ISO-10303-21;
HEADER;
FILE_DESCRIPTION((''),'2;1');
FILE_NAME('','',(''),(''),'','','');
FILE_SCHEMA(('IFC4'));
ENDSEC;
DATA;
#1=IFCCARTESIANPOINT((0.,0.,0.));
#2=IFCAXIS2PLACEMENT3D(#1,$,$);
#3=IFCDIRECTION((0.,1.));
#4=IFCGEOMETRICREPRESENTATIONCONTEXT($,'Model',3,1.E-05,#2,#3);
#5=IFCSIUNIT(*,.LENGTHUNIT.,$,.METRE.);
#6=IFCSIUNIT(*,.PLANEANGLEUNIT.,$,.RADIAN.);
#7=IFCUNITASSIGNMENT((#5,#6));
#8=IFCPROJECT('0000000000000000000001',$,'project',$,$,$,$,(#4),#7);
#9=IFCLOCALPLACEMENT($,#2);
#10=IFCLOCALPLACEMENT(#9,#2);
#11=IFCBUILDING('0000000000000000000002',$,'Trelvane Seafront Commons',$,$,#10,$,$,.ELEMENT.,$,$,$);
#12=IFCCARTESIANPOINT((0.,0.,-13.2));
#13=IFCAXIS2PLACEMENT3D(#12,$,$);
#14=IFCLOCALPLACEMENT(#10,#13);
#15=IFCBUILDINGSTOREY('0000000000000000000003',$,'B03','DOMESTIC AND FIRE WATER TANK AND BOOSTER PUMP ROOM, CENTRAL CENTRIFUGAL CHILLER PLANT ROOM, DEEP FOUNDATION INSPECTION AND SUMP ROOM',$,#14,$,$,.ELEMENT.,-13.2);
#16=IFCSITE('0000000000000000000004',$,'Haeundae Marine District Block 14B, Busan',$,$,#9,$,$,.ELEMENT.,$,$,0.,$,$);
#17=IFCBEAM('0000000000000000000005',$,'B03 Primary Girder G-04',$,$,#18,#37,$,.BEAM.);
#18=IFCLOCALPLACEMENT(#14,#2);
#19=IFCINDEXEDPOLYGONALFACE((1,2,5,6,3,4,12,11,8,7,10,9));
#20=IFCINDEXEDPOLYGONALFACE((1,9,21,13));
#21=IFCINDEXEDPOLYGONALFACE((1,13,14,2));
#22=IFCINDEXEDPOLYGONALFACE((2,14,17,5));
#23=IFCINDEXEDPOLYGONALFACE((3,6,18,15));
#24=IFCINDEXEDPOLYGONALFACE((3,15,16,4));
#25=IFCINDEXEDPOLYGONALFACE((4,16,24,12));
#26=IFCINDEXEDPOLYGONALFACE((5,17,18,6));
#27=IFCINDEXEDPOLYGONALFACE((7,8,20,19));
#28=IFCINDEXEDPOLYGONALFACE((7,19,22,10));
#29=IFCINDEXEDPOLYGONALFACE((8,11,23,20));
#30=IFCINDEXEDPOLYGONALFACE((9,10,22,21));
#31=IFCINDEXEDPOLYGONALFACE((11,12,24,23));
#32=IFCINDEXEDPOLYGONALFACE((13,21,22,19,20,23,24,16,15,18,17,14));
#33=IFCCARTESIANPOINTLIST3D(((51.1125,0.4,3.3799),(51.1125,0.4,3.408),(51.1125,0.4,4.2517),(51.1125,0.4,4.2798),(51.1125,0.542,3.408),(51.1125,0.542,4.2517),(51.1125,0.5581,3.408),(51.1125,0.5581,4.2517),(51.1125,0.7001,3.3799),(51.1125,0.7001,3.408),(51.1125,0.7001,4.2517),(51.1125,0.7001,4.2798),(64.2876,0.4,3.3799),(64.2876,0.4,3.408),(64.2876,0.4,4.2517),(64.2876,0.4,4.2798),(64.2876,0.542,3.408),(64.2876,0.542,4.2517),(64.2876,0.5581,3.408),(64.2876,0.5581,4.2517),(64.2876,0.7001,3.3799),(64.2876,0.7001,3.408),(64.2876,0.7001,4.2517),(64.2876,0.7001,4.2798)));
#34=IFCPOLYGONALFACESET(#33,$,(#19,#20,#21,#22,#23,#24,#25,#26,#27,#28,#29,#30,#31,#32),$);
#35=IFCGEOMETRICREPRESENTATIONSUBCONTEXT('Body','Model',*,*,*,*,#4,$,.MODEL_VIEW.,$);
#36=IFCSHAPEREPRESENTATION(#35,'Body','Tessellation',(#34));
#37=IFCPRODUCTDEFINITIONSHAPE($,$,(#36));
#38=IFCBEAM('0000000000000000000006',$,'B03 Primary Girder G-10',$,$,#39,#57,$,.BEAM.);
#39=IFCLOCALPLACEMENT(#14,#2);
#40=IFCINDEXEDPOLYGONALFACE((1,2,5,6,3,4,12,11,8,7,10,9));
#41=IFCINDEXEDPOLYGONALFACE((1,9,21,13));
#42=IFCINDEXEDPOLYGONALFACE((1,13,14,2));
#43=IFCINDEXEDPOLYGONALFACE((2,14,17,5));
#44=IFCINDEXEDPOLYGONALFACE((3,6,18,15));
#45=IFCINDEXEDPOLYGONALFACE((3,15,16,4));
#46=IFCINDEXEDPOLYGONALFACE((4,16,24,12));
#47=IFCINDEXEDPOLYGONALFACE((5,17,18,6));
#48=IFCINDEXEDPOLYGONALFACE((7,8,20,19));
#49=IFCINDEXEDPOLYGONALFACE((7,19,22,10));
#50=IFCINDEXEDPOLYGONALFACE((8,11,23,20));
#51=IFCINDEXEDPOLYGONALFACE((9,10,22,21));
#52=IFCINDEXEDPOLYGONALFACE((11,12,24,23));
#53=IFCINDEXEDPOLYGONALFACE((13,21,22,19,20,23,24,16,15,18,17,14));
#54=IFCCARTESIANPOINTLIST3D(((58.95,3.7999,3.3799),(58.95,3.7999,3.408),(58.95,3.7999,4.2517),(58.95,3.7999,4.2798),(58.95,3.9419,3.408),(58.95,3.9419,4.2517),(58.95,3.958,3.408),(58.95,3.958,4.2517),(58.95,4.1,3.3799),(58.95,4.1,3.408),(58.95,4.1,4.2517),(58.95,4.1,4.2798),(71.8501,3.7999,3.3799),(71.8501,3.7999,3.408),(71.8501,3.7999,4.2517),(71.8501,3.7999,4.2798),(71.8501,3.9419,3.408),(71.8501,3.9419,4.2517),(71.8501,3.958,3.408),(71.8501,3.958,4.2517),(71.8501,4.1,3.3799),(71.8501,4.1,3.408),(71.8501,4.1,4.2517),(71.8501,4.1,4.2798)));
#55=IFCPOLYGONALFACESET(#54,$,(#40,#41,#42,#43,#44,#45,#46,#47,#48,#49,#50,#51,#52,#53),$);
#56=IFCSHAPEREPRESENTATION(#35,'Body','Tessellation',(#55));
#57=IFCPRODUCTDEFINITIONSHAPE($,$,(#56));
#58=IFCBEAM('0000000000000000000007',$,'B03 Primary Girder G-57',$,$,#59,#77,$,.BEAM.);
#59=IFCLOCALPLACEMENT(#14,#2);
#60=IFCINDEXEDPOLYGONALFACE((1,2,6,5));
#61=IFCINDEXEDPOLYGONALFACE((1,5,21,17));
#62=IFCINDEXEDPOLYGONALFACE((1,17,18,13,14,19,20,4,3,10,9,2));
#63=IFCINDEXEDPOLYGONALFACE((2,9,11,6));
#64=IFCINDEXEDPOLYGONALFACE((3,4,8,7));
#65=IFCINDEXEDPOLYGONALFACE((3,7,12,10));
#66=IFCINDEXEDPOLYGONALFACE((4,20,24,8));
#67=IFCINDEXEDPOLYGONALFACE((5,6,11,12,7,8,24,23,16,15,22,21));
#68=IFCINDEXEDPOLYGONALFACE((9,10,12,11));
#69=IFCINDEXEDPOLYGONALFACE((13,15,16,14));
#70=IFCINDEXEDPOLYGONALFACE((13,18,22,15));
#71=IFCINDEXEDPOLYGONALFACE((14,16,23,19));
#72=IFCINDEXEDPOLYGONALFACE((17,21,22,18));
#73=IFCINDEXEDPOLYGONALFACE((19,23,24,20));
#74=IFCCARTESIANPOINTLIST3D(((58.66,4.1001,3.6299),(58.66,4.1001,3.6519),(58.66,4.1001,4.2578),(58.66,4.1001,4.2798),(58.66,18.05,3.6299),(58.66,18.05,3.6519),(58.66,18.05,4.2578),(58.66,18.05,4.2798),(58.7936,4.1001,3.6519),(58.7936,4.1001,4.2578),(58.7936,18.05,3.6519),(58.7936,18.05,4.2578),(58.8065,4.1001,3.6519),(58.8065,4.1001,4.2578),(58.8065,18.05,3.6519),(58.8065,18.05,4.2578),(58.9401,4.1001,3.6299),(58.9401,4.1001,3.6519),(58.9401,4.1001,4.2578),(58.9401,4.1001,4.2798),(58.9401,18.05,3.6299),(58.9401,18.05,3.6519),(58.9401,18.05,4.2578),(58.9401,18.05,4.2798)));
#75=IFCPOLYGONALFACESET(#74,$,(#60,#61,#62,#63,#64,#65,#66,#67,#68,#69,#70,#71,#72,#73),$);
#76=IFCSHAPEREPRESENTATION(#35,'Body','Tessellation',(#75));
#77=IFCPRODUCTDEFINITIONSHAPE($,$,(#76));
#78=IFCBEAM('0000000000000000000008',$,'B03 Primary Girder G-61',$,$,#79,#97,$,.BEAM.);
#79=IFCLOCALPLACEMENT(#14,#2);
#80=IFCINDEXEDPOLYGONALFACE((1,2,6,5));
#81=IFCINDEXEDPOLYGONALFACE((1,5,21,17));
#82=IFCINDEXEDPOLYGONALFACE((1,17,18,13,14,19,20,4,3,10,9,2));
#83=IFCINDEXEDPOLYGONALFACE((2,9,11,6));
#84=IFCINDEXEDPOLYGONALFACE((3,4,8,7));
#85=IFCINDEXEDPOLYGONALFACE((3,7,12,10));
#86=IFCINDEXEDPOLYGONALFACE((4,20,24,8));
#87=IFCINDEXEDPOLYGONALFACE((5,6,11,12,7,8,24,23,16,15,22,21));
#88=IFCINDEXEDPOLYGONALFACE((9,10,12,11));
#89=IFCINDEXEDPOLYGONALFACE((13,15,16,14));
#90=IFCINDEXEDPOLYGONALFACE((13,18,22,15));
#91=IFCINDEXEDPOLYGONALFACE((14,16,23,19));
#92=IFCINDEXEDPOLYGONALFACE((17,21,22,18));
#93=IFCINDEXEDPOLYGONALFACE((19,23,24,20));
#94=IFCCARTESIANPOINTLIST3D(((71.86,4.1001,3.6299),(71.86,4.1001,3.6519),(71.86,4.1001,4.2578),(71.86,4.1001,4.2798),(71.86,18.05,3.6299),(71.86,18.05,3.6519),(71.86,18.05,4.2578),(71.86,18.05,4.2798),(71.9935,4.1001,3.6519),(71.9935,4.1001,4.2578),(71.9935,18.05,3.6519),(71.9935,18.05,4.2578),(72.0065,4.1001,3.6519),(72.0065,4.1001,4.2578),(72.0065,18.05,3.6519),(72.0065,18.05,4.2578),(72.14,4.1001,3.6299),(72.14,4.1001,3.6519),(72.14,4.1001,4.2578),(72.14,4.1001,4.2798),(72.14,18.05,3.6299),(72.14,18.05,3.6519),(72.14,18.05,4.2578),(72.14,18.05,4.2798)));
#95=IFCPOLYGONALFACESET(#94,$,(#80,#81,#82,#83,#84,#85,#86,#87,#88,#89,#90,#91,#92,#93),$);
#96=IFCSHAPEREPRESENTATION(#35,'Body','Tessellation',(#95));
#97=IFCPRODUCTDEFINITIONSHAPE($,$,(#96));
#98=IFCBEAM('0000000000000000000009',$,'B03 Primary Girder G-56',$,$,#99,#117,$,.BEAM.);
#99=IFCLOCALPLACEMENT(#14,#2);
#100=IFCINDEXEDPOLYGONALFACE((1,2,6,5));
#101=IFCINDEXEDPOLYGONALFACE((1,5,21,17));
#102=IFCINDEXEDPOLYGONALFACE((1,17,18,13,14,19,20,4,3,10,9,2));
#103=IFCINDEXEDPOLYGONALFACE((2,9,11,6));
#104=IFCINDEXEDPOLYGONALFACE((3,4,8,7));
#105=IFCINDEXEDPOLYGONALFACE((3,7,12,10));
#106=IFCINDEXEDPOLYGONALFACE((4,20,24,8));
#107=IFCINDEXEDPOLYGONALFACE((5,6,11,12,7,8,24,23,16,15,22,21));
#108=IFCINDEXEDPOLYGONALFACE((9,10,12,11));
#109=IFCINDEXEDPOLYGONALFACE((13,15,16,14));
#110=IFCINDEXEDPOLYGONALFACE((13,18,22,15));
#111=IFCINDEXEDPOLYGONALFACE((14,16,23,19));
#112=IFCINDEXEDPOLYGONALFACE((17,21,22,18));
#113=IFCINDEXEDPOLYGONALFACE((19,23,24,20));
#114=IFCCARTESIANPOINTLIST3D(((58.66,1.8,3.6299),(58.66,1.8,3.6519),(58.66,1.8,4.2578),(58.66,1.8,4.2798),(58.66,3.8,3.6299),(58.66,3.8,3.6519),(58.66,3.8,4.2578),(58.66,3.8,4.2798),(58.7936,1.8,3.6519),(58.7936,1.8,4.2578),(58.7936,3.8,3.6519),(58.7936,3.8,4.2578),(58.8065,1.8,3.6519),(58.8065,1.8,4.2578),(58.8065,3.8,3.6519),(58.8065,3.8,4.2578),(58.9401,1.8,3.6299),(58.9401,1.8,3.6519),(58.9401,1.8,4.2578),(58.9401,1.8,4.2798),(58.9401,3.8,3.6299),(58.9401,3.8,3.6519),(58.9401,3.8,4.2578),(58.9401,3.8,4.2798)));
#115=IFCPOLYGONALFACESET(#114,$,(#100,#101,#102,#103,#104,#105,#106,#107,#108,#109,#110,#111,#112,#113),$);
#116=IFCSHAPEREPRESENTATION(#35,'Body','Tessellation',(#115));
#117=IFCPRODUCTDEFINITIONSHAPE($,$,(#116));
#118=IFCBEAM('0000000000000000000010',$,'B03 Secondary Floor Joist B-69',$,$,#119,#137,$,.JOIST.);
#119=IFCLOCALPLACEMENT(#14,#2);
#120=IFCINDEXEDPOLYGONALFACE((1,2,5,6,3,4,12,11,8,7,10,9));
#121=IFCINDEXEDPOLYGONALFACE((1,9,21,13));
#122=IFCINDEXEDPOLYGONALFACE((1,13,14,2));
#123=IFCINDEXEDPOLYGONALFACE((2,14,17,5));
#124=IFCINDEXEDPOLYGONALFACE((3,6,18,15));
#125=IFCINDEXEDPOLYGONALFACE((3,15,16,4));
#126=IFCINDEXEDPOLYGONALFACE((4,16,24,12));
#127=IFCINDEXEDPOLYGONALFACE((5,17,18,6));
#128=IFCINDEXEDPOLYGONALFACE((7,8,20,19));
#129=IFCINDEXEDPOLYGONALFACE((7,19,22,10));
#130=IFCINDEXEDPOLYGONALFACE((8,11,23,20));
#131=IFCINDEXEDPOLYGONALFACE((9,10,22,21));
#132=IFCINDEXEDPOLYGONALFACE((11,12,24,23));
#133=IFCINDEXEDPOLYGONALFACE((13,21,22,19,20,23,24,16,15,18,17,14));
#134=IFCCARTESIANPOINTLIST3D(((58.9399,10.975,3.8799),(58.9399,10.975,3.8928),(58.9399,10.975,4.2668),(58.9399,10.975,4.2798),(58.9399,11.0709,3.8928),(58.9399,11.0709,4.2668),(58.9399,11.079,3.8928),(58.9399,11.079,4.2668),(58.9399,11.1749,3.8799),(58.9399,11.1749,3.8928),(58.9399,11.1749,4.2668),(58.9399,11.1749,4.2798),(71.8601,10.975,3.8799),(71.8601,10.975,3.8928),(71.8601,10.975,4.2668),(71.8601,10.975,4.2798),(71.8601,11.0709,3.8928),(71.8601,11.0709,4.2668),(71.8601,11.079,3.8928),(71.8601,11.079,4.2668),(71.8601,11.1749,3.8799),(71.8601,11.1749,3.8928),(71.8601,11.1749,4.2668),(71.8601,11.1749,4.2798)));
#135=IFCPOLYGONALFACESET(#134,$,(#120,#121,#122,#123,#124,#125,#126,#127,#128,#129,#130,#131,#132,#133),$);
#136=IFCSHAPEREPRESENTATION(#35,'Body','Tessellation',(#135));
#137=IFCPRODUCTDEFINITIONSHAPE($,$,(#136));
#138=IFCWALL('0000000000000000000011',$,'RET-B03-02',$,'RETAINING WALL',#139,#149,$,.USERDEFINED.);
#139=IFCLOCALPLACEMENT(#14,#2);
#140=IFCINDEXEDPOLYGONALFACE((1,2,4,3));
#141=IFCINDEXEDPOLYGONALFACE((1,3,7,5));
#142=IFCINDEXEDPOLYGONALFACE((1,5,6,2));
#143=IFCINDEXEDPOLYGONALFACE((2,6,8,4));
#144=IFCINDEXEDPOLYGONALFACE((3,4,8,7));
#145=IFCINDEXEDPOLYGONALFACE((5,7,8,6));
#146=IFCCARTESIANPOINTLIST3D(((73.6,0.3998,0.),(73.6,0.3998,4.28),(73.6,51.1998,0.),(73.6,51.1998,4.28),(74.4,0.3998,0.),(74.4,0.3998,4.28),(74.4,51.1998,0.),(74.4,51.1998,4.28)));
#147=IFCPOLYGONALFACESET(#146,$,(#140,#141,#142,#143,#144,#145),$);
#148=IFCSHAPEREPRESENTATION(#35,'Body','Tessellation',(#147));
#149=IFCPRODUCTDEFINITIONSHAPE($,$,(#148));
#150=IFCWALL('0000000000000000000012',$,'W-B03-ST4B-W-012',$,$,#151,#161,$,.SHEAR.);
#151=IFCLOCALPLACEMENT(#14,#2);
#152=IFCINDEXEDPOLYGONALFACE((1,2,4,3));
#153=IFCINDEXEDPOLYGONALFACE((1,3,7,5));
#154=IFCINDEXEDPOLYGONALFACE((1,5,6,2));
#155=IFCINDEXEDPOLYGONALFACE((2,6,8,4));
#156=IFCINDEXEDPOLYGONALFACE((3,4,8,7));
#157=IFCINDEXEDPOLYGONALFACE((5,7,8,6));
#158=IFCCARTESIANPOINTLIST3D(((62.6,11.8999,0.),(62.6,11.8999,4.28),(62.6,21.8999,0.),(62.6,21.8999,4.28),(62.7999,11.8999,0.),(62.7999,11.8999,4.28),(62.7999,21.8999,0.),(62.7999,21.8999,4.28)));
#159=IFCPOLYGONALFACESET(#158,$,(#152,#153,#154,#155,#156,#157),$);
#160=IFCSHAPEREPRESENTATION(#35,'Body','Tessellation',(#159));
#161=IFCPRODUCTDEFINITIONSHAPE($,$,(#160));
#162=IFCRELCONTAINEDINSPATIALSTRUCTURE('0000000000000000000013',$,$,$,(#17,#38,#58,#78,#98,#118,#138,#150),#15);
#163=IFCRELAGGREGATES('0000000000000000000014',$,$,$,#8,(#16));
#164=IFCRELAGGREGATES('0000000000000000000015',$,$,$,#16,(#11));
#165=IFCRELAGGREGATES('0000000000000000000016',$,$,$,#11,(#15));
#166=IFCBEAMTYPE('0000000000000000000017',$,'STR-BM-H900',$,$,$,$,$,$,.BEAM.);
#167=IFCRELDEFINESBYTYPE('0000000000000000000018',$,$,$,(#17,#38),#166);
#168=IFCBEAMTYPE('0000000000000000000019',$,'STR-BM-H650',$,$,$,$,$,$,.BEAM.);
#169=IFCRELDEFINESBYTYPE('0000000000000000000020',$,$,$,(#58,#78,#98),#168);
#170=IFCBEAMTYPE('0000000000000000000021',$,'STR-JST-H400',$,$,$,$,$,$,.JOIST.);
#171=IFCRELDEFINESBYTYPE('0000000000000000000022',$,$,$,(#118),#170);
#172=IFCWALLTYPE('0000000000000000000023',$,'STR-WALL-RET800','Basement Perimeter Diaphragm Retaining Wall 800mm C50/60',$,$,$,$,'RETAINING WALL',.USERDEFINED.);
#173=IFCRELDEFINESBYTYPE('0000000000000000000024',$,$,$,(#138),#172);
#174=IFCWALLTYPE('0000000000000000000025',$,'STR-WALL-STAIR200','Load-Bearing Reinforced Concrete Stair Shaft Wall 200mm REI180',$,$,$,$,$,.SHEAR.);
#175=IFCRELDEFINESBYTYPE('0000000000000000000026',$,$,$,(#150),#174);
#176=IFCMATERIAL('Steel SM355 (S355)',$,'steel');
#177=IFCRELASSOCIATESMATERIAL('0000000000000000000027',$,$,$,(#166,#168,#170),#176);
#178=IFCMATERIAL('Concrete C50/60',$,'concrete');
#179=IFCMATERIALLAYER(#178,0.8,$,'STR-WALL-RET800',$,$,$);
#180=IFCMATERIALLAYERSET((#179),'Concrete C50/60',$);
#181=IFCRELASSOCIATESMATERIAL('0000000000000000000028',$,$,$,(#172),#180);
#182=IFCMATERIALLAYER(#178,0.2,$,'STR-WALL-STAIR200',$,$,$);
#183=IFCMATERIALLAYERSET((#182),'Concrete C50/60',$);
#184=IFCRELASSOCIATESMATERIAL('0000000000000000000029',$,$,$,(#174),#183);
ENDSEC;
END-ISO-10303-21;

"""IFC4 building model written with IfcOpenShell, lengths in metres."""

from ifc_helpers import new_model, si_unit, direction, frame, frame_2d, origin, origin_2d, place, context, subcontext, project, spatial, rectangle, i_section, extrude, source, transform, mapped, material, layer, layer_set, material_profile, profile_set, type_object, element, save


model = new_model("IFC4")

# Units and contexts
model_context = context("Model", 3, precision=1e-05, world=origin(), true_north=direction((0.0, 1.0)))
body_context = subcontext(model_context, "Body", "Model", "MODEL_VIEW")
ifc_project = project(units=[si_unit("LENGTHUNIT", "METRE"), si_unit("PLANEANGLEUNIT", "RADIAN")], contexts=[model_context])

# Site, building, storey
site_placement = place(None, origin())
site = spatial("IfcSite", under=ifc_project, at=site_placement, Name="Haeundae Marine District Block 14B, Busan", CompositionType="ELEMENT", RefElevation=0.0)
building_placement = place(site_placement, origin())
building = spatial("IfcBuilding", under=site, at=building_placement, Name="Trelvane Seafront Commons", CompositionType="ELEMENT")
storey_placement = place(building_placement, frame((0.0, 0.0, -13.2)))
storey = spatial("IfcBuildingStorey", under=building, at=storey_placement, Name="B03", Description="DOMESTIC AND FIRE WATER TANK AND BOOSTER PUMP ROOM, CENTRAL CENTRIFUGAL CHILLER PLANT ROOM, DEEP FOUNDATION INSPECTION AND SUMP ROOM", CompositionType="ELEMENT", Elevation=-13.2)

# Shared definitions
ifc_material_1 = material(Name="Concrete C50/60", Category="concrete")

# Beams
ifc_material_2 = material(Name="Steel SM355 (S355)", Category="steel")
ifc_material_profile_1 = material_profile(ifc_material_2, i_section(OverallWidth=0.3, OverallDepth=0.8999, WebThickness=0.0161, FlangeThickness=0.0281, at=origin_2d()), Name="H-900x300x16x28")
ifc_profile_set_1 = profile_set([ifc_material_profile_1], Name="Steel SM355 (S355)")
beam_type_1 = type_object("IfcBeamType", Name="STR-BM-H900", PredefinedType="BEAM", material=ifc_profile_set_1)
shared_shape_1 = source(origin(), body_context, "Body", "SweptSolid", [
    extrude(i_section(OverallWidth=0.3, OverallDepth=0.8999, WebThickness=0.0161, FlangeThickness=0.0281, at=origin_2d()), origin(), (0.0, 0.0, 1.0), 13.175),
])
beam_1_placement = place(storey_placement, frame((51.1125, 0.55, 3.8298), z_axis=(1.0, 0.0, 0.0), x_axis=(0.0, 1.0, 0.0)))
element("IfcBeam", 1, at=beam_1_placement, inside=storey, type_object=beam_type_1, Name="B03 Primary Girder G-04", PredefinedType="BEAM", context=body_context, shape_type="MappedRepresentation", body=[
    mapped(shared_shape_1, transform((0.0, 0.0, 0.0), x_axis=(1.0, 0.0, 0.0), y_axis=(0.0, 1.0, 0.0), z_axis=(0.0, 0.0, 1.0), scale=1.0)),
])
shared_shape_2 = source(origin(), body_context, "Body", "SweptSolid", [
    extrude(i_section(OverallWidth=0.3, OverallDepth=0.8999, WebThickness=0.0161, FlangeThickness=0.0281, at=origin_2d()), origin(), (0.0, 0.0, 1.0), 12.9001),
])
beam_2_placement = place(storey_placement, frame((58.95, 3.95, 3.8298), z_axis=(1.0, 0.0, 0.0), x_axis=(0.0, 1.0, 0.0)))
element("IfcBeam", 2, at=beam_2_placement, inside=storey, type_object=beam_type_1, Name="B03 Primary Girder G-10", PredefinedType="BEAM", context=body_context, shape_type="MappedRepresentation", body=[
    mapped(shared_shape_2, transform((0.0, 0.0, 0.0), x_axis=(1.0, 0.0, 0.0), y_axis=(0.0, 1.0, 0.0), z_axis=(0.0, 0.0, 1.0), scale=1.0)),
])
ifc_material_profile_2 = material_profile(ifc_material_2, i_section(OverallWidth=0.28, OverallDepth=0.6499, WebThickness=0.0129, FlangeThickness=0.022, at=origin_2d()), Name="H-650x280x13x22")
ifc_profile_set_2 = profile_set([ifc_material_profile_2], Name="Steel SM355 (S355)")
beam_type_2 = type_object("IfcBeamType", Name="STR-BM-H650", PredefinedType="BEAM", material=ifc_profile_set_2)
shared_shape_3 = source(origin(), body_context, "Body", "SweptSolid", [
    extrude(i_section(OverallWidth=0.28, OverallDepth=0.6499, WebThickness=0.0129, FlangeThickness=0.022, at=origin_2d()), origin(), (0.0, 0.0, 1.0), 13.95),
])
for number, where, z_axis, x_axis, name in (
    (3, (58.8, 4.1001, 3.9548), (0.0, 1.0, 0.0), (-1.0, 0.0, 0.0), "B03 Primary Girder G-57"),
    (4, (72.0, 4.1001, 3.9548), (0.0, 1.0, 0.0), (-1.0, 0.0, 0.0), "B03 Primary Girder G-61"),
):
    element("IfcBeam", number, at=place(storey_placement, frame(where, z_axis=z_axis, x_axis=x_axis)), inside=storey, type_object=beam_type_2, Name=name, PredefinedType="BEAM", context=body_context, shape_type="MappedRepresentation", body=[
        mapped(shared_shape_3, transform((0.0, 0.0, 0.0), x_axis=(1.0, 0.0, 0.0), y_axis=(0.0, 1.0, 0.0), z_axis=(0.0, 0.0, 1.0), scale=1.0)),
    ])
shared_shape_4 = source(origin(), body_context, "Body", "SweptSolid", [
    extrude(i_section(OverallWidth=0.28, OverallDepth=0.6499, WebThickness=0.0129, FlangeThickness=0.022, at=origin_2d()), origin(), (0.0, 0.0, 1.0), 2.0),
])
beam_3_placement = place(storey_placement, frame((58.8, 1.8, 3.9548), z_axis=(0.0, 1.0, 0.0), x_axis=(-1.0, 0.0, 0.0)))
element("IfcBeam", 5, at=beam_3_placement, inside=storey, type_object=beam_type_2, Name="B03 Primary Girder G-56", PredefinedType="BEAM", context=body_context, shape_type="MappedRepresentation", body=[
    mapped(shared_shape_4, transform((0.0, 0.0, 0.0), x_axis=(1.0, 0.0, 0.0), y_axis=(0.0, 1.0, 0.0), z_axis=(0.0, 0.0, 1.0), scale=1.0)),
])
ifc_material_profile_3 = material_profile(ifc_material_2, i_section(OverallWidth=0.2, OverallDepth=0.3999, WebThickness=0.0081, FlangeThickness=0.0129, at=origin_2d()), Name="H-400x200x8x13")
ifc_profile_set_3 = profile_set([ifc_material_profile_3], Name="Steel SM355 (S355)")
beam_type_3 = type_object("IfcBeamType", Name="STR-JST-H400", PredefinedType="JOIST", material=ifc_profile_set_3)
shared_shape_5 = source(origin(), body_context, "Body", "SweptSolid", [
    extrude(i_section(OverallWidth=0.2, OverallDepth=0.3999, WebThickness=0.0081, FlangeThickness=0.0129, at=origin_2d()), origin(), (0.0, 0.0, 1.0), 12.9202),
])
beam_4_placement = place(storey_placement, frame((58.9399, 11.075, 4.0798), z_axis=(1.0, 0.0, 0.0), x_axis=(0.0, 1.0, 0.0)))
element("IfcBeam", 6, at=beam_4_placement, inside=storey, type_object=beam_type_3, Name="B03 Secondary Floor Joist B-69", PredefinedType="JOIST", context=body_context, shape_type="MappedRepresentation", body=[
    mapped(shared_shape_5, transform((0.0, 0.0, 0.0), x_axis=(1.0, 0.0, 0.0), y_axis=(0.0, 1.0, 0.0), z_axis=(0.0, 0.0, 1.0), scale=1.0)),
])

# Walls
ifc_layer_1 = layer(ifc_material_1, 0.8, Name="STR-WALL-RET800")
ifc_layer_set_1 = layer_set([ifc_layer_1], Name="Concrete C50/60")
wall_type_1 = type_object("IfcWallType", Name="STR-WALL-RET800", Description="Basement Perimeter Diaphragm Retaining Wall 800mm C50/60", ElementType="RETAINING WALL", PredefinedType="USERDEFINED", material=ifc_layer_set_1)
wall_1_placement = place(storey_placement, frame((74.0, 0.3999, 0.0), z_axis=(0.0, 0.0, 1.0), x_axis=(0.0, 1.0, 0.0)))
element("IfcWall", 7, at=wall_1_placement, inside=storey, type_object=wall_type_1, Name="RET-B03-02", ObjectType="RETAINING WALL", PredefinedType="USERDEFINED", context=body_context, shape_type="SweptSolid", body=[
    extrude(rectangle(XDim=50.8, YDim=0.8, at=frame_2d((25.3999, 0.0))), origin(), (0.0, 0.0, 1.0), 4.28),
])
ifc_layer_2 = layer(ifc_material_1, 0.2, Name="STR-WALL-STAIR200")
ifc_layer_set_2 = layer_set([ifc_layer_2], Name="Concrete C50/60")
wall_type_2 = type_object("IfcWallType", Name="STR-WALL-STAIR200", Description="Load-Bearing Reinforced Concrete Stair Shaft Wall 200mm REI180", PredefinedType="SHEAR", material=ifc_layer_set_2)
wall_2_placement = place(storey_placement, frame((62.7, 11.8999, 0.0), z_axis=(0.0, 0.0, 1.0), x_axis=(0.0, 1.0, 0.0)))
element("IfcWall", 8, at=wall_2_placement, inside=storey, type_object=wall_type_2, Name="W-B03-ST4B-W-012", PredefinedType="SHEAR", context=body_context, shape_type="SweptSolid", body=[
    extrude(rectangle(XDim=10.0, YDim=0.2, at=frame_2d((5.0, 0.0))), origin(), (0.0, 0.0, 1.0), 4.28),
])

save(model, "model.ifc")
